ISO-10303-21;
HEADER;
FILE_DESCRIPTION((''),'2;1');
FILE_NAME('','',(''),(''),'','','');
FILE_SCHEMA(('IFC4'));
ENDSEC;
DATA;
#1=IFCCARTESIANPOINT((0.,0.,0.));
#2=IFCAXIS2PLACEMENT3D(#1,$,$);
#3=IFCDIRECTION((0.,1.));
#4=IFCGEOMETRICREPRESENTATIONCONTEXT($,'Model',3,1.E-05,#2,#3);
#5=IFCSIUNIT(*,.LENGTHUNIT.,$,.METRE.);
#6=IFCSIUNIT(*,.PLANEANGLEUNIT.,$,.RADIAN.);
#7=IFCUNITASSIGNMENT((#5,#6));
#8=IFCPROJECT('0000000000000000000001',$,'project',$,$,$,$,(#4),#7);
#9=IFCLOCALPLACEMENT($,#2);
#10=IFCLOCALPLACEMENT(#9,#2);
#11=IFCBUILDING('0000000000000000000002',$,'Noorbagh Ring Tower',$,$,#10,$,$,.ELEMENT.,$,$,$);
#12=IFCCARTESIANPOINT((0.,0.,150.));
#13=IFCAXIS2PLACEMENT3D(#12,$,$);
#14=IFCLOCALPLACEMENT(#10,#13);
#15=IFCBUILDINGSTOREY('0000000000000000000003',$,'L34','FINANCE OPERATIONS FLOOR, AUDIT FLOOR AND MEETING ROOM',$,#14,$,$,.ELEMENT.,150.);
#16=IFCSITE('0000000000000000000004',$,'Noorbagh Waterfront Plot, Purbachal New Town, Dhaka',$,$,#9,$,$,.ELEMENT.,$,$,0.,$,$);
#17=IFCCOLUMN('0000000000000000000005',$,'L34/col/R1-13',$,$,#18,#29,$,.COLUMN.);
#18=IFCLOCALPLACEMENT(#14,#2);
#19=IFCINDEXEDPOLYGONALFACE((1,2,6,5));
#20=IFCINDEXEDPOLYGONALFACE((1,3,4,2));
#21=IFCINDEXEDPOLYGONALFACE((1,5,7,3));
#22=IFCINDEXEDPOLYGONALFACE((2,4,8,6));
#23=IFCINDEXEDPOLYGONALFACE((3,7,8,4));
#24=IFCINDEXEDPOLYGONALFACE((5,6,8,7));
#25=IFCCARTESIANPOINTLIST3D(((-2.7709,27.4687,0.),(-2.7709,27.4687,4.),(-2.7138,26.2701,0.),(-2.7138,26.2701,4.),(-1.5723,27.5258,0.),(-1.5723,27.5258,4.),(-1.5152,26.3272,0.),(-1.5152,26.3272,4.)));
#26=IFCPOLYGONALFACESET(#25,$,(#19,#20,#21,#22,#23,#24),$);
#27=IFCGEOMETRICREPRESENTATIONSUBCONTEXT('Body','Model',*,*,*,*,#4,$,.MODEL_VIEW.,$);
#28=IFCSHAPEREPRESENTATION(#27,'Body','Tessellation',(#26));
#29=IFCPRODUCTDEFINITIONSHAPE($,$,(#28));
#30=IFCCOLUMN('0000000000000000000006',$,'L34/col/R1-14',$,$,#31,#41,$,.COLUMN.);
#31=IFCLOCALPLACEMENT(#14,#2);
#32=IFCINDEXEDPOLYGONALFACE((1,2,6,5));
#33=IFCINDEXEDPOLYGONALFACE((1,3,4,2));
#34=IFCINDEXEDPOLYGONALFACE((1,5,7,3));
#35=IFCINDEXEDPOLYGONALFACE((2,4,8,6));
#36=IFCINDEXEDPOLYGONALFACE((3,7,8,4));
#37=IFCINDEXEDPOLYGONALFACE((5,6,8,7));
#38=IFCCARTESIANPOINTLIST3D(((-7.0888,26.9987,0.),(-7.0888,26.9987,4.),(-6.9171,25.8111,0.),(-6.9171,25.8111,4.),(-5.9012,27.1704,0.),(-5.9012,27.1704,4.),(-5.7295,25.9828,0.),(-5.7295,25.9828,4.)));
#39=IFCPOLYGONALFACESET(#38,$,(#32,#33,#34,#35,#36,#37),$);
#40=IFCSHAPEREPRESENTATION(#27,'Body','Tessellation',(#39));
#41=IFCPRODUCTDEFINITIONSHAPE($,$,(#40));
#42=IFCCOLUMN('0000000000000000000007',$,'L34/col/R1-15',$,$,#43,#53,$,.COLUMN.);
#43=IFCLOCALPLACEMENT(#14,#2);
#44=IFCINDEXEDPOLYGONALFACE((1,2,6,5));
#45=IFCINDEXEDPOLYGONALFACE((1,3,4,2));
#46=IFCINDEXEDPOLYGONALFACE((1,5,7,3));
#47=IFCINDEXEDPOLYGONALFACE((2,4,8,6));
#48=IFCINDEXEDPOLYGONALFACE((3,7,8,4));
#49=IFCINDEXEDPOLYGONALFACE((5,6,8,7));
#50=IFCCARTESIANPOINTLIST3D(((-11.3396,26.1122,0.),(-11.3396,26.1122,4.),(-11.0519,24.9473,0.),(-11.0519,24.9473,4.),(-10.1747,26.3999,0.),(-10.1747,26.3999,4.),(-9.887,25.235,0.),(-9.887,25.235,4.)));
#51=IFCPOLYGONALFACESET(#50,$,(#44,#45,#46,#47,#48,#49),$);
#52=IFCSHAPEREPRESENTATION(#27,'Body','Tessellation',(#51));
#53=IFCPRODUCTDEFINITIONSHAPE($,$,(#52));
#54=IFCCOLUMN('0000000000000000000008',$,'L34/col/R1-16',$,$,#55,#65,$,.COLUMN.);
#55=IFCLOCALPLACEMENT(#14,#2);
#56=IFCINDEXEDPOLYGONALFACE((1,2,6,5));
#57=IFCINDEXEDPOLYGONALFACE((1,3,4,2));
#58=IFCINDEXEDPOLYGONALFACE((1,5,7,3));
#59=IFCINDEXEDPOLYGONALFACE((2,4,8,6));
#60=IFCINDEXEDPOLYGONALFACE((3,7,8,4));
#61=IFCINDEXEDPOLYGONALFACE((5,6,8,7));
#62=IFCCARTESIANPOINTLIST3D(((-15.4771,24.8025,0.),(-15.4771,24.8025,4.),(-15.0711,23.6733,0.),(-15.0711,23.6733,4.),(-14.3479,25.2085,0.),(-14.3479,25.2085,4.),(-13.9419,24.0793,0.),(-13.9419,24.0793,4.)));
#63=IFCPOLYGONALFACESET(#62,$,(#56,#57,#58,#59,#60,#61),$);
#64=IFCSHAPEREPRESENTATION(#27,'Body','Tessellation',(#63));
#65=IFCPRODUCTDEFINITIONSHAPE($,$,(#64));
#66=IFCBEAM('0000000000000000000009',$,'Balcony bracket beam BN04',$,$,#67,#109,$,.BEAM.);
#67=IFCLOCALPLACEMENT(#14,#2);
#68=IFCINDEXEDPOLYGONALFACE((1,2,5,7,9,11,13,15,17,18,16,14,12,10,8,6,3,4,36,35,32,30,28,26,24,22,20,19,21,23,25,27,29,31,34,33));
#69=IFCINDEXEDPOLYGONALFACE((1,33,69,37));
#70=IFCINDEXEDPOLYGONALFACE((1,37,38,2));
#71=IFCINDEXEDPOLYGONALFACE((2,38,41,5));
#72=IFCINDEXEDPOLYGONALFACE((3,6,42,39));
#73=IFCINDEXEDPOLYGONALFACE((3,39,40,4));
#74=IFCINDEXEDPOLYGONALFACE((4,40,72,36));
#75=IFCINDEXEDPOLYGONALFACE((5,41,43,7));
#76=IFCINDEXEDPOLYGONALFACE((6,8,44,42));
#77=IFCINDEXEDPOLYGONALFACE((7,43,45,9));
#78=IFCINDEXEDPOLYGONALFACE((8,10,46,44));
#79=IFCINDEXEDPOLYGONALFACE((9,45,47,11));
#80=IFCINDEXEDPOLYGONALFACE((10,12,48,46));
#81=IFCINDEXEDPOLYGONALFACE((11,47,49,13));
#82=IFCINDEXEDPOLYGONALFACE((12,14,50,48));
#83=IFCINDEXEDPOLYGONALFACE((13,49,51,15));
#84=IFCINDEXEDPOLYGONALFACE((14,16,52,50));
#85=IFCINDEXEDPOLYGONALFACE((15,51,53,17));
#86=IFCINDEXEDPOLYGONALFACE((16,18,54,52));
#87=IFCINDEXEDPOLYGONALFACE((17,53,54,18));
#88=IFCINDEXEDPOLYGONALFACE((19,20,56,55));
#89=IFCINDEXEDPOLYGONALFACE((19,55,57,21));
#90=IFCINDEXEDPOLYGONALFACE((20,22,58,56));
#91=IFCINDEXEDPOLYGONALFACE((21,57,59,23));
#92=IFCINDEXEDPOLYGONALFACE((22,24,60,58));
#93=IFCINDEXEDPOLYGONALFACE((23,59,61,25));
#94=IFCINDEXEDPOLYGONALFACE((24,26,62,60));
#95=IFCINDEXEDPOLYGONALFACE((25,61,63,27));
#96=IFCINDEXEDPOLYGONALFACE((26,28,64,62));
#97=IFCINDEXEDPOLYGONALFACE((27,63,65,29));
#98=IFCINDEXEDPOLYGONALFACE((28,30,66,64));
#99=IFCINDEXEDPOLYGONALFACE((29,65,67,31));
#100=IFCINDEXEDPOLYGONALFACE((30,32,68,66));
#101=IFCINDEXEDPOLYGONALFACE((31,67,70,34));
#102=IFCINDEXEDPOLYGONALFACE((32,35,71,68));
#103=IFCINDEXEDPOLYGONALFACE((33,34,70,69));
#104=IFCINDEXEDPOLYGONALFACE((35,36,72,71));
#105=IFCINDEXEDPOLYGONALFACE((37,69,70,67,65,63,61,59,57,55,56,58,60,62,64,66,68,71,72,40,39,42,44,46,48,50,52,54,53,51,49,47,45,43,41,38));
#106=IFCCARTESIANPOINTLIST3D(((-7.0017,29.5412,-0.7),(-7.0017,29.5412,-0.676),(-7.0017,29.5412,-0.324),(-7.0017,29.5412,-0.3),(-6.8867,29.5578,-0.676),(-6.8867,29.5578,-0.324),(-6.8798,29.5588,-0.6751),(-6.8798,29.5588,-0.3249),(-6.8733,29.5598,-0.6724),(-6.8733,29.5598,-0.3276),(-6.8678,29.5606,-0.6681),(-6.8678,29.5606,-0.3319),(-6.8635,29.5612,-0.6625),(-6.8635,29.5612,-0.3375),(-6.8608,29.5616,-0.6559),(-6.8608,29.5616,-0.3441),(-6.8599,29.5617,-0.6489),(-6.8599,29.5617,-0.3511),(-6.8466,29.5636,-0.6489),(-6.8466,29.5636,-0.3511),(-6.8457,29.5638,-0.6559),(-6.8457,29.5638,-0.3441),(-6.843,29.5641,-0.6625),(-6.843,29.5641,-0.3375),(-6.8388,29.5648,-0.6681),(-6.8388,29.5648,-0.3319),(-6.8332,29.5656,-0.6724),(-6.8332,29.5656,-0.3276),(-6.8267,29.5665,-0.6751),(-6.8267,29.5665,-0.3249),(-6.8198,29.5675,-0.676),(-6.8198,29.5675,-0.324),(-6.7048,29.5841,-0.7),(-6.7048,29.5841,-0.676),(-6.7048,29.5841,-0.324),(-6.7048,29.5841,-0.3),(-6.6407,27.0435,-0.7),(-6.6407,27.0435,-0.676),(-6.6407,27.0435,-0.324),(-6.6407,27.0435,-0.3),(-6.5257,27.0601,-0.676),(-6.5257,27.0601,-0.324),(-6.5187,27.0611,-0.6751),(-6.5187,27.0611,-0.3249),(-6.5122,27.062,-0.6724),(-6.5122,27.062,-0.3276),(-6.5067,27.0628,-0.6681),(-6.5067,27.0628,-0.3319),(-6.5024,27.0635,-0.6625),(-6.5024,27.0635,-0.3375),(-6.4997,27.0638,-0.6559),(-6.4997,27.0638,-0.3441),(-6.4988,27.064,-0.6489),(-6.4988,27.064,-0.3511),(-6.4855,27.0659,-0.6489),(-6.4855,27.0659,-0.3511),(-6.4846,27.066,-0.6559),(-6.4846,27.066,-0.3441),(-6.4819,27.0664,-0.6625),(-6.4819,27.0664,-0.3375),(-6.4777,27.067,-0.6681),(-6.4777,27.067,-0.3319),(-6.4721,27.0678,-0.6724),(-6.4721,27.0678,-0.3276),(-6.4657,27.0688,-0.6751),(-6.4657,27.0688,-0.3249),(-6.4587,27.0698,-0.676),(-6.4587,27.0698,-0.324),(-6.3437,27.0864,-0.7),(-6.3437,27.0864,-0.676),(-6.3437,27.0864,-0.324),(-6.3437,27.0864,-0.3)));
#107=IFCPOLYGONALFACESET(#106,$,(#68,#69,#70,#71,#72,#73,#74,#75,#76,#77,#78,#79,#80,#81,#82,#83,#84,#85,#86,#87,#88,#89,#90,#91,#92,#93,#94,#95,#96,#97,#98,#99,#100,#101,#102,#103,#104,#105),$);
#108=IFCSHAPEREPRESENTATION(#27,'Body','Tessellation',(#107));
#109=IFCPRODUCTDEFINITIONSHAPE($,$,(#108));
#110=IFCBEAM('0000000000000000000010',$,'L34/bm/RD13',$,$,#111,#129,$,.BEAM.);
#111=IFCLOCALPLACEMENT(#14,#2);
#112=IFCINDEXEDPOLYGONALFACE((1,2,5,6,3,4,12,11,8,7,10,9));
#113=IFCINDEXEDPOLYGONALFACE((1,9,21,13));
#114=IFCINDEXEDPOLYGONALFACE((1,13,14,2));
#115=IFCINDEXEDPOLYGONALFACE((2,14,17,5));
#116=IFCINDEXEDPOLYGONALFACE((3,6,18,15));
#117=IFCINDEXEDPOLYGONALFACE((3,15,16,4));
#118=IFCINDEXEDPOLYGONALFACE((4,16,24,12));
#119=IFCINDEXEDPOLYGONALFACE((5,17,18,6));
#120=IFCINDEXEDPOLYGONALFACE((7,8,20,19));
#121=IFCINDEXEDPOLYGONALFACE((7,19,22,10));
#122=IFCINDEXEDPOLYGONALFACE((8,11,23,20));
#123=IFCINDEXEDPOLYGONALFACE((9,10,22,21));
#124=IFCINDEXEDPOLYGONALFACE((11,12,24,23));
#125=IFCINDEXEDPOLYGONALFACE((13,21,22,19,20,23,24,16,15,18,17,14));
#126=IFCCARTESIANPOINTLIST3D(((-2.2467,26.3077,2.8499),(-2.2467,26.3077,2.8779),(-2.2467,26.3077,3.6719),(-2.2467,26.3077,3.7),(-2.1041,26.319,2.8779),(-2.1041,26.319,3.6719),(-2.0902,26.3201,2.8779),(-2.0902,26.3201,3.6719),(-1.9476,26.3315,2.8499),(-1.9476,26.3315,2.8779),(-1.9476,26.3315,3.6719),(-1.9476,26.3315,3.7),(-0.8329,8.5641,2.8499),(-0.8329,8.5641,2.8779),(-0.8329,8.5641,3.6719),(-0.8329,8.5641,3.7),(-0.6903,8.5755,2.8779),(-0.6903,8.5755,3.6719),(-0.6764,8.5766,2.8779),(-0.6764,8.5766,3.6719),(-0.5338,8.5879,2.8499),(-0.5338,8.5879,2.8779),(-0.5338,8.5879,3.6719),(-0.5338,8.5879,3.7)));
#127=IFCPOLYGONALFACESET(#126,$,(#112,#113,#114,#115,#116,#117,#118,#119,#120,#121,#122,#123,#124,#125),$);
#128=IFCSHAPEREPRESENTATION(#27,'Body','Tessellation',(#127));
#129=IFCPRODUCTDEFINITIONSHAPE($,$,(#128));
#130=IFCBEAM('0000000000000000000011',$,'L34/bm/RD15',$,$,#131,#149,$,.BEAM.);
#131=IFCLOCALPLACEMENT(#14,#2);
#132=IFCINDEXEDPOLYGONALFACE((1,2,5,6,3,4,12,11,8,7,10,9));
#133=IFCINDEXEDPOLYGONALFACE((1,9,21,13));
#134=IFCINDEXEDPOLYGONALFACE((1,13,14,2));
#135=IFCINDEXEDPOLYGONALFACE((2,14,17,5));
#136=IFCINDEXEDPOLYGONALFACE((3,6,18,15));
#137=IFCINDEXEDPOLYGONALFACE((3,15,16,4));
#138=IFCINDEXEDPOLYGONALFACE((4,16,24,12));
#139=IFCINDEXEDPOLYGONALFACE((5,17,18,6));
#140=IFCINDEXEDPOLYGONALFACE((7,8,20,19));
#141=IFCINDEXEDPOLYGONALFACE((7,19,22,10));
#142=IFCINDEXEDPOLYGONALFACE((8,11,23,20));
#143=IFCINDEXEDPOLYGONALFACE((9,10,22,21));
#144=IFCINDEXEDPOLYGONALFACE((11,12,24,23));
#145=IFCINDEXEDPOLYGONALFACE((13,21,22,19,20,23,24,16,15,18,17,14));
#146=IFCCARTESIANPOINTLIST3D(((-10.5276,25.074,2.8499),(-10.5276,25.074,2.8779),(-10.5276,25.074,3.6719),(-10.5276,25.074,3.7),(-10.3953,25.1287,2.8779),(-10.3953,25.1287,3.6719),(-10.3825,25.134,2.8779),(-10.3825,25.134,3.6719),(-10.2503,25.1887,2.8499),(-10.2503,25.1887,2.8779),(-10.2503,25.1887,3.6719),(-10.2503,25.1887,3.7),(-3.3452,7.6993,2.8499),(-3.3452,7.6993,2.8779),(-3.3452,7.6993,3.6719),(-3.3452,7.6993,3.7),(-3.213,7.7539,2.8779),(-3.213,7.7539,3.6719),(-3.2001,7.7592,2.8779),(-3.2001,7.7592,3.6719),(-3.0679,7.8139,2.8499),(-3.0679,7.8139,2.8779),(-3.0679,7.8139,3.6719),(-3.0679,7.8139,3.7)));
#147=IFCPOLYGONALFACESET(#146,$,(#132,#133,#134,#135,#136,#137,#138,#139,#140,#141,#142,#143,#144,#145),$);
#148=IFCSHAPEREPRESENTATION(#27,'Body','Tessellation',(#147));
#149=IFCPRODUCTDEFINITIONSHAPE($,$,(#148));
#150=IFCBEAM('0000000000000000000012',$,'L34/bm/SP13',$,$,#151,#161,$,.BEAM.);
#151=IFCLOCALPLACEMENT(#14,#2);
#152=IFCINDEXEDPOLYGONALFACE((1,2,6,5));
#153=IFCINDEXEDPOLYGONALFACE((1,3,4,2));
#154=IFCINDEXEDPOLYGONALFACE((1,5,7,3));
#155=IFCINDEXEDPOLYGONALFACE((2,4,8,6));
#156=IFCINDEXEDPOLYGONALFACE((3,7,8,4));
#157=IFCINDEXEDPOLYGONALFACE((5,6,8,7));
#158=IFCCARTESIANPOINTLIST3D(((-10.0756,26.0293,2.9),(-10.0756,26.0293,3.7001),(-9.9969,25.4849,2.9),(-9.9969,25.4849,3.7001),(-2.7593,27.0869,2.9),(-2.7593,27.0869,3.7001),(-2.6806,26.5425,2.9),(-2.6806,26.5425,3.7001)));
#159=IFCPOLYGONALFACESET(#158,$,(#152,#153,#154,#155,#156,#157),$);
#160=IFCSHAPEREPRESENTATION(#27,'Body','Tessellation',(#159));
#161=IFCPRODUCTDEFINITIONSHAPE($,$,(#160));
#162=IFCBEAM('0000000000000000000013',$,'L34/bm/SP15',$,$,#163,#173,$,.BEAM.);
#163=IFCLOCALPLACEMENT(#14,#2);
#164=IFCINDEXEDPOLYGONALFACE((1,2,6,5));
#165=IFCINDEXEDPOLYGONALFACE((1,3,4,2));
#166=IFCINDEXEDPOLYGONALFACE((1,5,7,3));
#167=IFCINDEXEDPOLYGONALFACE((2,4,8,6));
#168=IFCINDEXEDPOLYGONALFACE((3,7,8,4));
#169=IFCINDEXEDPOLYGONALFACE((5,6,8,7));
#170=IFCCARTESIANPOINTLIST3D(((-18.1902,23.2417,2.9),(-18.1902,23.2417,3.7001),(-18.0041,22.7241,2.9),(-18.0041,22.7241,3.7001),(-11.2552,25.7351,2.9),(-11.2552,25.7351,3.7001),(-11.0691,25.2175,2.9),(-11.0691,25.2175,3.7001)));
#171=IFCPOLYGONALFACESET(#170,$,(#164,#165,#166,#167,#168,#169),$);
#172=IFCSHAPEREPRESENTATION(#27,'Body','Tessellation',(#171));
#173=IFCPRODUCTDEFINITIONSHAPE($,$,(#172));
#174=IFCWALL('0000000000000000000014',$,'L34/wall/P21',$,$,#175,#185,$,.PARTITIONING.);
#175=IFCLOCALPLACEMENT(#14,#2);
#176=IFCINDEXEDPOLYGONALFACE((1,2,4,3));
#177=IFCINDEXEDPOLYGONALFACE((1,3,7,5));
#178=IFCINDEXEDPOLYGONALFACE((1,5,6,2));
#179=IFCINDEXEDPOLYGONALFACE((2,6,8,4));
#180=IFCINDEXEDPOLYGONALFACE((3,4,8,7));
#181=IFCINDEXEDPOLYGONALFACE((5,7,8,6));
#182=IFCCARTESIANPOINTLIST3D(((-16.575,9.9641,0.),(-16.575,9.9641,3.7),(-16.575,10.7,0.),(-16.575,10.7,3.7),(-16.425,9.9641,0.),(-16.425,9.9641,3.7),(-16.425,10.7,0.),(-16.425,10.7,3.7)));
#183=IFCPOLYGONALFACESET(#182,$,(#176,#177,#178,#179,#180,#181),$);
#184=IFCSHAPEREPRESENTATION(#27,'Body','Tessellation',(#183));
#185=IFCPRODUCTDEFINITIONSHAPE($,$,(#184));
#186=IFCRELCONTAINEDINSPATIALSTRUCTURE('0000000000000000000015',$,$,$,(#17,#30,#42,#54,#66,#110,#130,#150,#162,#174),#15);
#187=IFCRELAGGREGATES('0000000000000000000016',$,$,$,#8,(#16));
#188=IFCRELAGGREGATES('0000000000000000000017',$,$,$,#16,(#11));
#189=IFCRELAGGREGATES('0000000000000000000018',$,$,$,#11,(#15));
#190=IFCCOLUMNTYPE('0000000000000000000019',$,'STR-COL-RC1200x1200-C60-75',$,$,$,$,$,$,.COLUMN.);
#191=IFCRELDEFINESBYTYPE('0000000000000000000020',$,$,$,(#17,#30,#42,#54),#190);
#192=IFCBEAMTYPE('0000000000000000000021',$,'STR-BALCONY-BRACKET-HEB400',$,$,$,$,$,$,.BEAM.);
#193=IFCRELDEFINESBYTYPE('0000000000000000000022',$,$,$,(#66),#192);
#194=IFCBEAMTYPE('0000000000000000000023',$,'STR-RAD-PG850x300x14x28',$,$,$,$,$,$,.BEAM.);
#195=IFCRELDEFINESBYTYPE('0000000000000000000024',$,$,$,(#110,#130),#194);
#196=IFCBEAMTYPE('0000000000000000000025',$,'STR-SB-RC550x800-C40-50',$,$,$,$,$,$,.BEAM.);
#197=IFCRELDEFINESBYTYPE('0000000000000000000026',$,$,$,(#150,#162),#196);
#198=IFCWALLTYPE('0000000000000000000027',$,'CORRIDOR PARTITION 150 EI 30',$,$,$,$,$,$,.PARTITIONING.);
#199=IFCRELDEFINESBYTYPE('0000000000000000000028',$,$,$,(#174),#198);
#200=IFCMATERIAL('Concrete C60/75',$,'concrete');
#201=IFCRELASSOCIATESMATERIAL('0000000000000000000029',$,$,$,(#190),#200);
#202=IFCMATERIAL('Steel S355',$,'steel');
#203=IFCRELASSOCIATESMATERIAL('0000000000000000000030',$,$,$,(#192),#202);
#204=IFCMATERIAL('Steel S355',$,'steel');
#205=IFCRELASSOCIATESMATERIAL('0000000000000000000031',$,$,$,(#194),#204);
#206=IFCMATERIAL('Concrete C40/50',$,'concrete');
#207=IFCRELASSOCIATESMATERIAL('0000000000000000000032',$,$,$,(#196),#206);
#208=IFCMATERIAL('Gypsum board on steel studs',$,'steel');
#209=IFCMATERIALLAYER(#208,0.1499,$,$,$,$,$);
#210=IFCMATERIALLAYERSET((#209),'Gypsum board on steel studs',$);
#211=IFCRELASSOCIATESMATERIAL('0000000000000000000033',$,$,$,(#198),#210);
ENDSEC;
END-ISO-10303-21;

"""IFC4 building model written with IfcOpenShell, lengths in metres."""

from ifc_helpers import new_model, si_unit, direction, frame, frame_2d, origin, origin_2d, place, context, subcontext, project, spatial, rectangle, i_section, extrude, material, layer, layer_set, material_profile, profile_set, type_object, element, save


model = new_model("IFC4")

# Units and contexts
model_context = context("Model", 3, precision=1e-05, world=origin(), true_north=direction((0.0, 1.0)))
body_context = subcontext(model_context, "Body", "Model", "MODEL_VIEW")
ifc_project = project(units=[si_unit("LENGTHUNIT", "METRE"), si_unit("PLANEANGLEUNIT", "RADIAN")], contexts=[model_context])

# Site, building, storey
site_placement = place(None, origin())
site = spatial("IfcSite", under=ifc_project, at=site_placement, Name="Noorbagh Waterfront Plot, Purbachal New Town, Dhaka", CompositionType="ELEMENT", RefElevation=0.0)
building_placement = place(site_placement, origin())
building = spatial("IfcBuilding", under=site, at=building_placement, Name="Noorbagh Ring Tower", CompositionType="ELEMENT")
storey_placement = place(building_placement, frame((0.0, 0.0, 150.0)))
storey = spatial("IfcBuildingStorey", under=building, at=storey_placement, Name="L34", Description="FINANCE OPERATIONS FLOOR, AUDIT FLOOR AND MEETING ROOM", CompositionType="ELEMENT", Elevation=150.0)

# Columns
ifc_material_1 = material(Name="Concrete C60/75", Category="concrete")
ifc_material_profile_1 = material_profile(ifc_material_1, rectangle(XDim=1.2, YDim=1.2, at=origin_2d()), Name="RC1200x1200")
ifc_profile_set_1 = profile_set([ifc_material_profile_1], Name="Concrete C60/75")
column_type = type_object("IfcColumnType", Name="STR-COL-RC1200x1200-C60-75", PredefinedType="COLUMN", material=ifc_profile_set_1)
for number, where, z_axis, x_axis, name in (
    (1, (-2.1431, 26.8979, 0.0), (0.0, 0.0, 1.0), (-0.998869, -0.047553, 0.0), "L34/col/R1-13"),
    (2, (-6.4092, 26.4907, 0.0), (0.0, 0.0, 1.0), (-0.989713, -0.143066, 0.0), "L34/col/R1-14"),
    (3, (-10.6133, 25.6736, 0.0), (0.0, 0.0, 1.0), (-0.970829, -0.239771, 0.0), "L34/col/R1-15"),
    (4, (-14.7095, 24.4409, 0.0), (0.0, 0.0, 1.0), (-0.941025, -0.338338, 0.0), "L34/col/R1-16"),
):
    element("IfcColumn", number, at=place(storey_placement, frame(where, z_axis=z_axis, x_axis=x_axis)), inside=storey, type_object=column_type, Name=name, PredefinedType="COLUMN", context=body_context, shape_type="SweptSolid", body=[
        extrude(rectangle(XDim=1.2, YDim=1.2, at=origin_2d()), origin(), (0.0, 0.0, 1.0), 4.0),
    ])

# Beams
ifc_material_2 = material(Name="Steel S355", Category="steel")
ifc_material_profile_2 = material_profile(ifc_material_2, i_section(OverallWidth=0.3, OverallDepth=0.3999, WebThickness=0.0134, FlangeThickness=0.0239, FilletRadius=0.0271, at=origin_2d()), Name="HEB400")
ifc_profile_set_2 = profile_set([ifc_material_profile_2], Name="Steel S355")
beam_type_1 = type_object("IfcBeamType", Name="STR-BALCONY-BRACKET-HEB400", PredefinedType="BEAM", material=ifc_profile_set_2)
beam_1_placement = place(storey_placement, frame((-6.4922, 27.0649, -0.5), z_axis=(-0.143073, 0.989712, 0.0), x_axis=(-0.989712, -0.143073, 0.0)))
element("IfcBeam", 5, at=beam_1_placement, inside=storey, type_object=beam_type_1, Name="Balcony bracket beam BN04", PredefinedType="BEAM", context=body_context, shape_type="SweptSolid", body=[
    extrude(i_section(OverallWidth=0.3, OverallDepth=0.3999, WebThickness=0.0134, FlangeThickness=0.0239, FilletRadius=0.0271, at=origin_2d()), origin(), (0.0, 0.0, 1.0), 2.5237),
])
ifc_material_3 = material(Name="Steel S355", Category="steel")
ifc_material_profile_3 = material_profile(ifc_material_3, i_section(OverallWidth=0.3, OverallDepth=0.8501, WebThickness=0.0139, FlangeThickness=0.0281, at=origin_2d()), Name="PG850x300x14x28")
ifc_profile_set_3 = profile_set([ifc_material_profile_3], Name="Steel S355")
beam_type_2 = type_object("IfcBeamType", Name="STR-RAD-PG850x300x14x28", PredefinedType="BEAM", material=ifc_profile_set_3)
beam_2_placement = place(storey_placement, frame((-2.0972, 26.3196, 3.2749), z_axis=(0.079428, -0.996841, 0.0), x_axis=(0.996841, 0.079428, 0.0)))
element("IfcBeam", 6, at=beam_2_placement, inside=storey, type_object=beam_type_2, Name="L34/bm/RD13", PredefinedType="BEAM", context=body_context, shape_type="SweptSolid", body=[
    extrude(i_section(OverallWidth=0.3, OverallDepth=0.8501, WebThickness=0.0139, FlangeThickness=0.0281, at=origin_2d()), origin(), (0.0, 0.0, 1.0), 17.7998),
])
beam_3_placement = place(storey_placement, frame((-10.3889, 25.1313, 3.2749), z_axis=(0.382026, -0.924152, 0.0), x_axis=(0.924152, 0.382026, 0.0)))
element("IfcBeam", 7, at=beam_3_placement, inside=storey, type_object=beam_type_2, Name="L34/bm/RD15", PredefinedType="BEAM", context=body_context, shape_type="SweptSolid", body=[
    extrude(i_section(OverallWidth=0.3, OverallDepth=0.8501, WebThickness=0.0139, FlangeThickness=0.0281, at=origin_2d()), origin(), (0.0, 0.0, 1.0), 18.8008),
])
ifc_material_4 = material(Name="Concrete C40/50", Category="concrete")
ifc_material_profile_4 = material_profile(ifc_material_4, rectangle(XDim=0.55, YDim=0.8, at=origin_2d()), Name="RC550x800")
ifc_profile_set_4 = profile_set([ifc_material_profile_4], Name="Concrete C40/50")
beam_type_3 = type_object("IfcBeamType", Name="STR-SB-RC550x800-C40-50", PredefinedType="BEAM", material=ifc_profile_set_4)
beam_4_placement = place(storey_placement, frame((-2.72, 26.8147, 3.3), z_axis=(-0.989713, -0.143067, 0.0), x_axis=(0.143067, -0.989713, 0.0)))
element("IfcBeam", 8, at=beam_4_placement, inside=storey, type_object=beam_type_3, Name="L34/bm/SP13", PredefinedType="BEAM", context=body_context, shape_type="SweptSolid", body=[
    extrude(rectangle(XDim=0.55, YDim=0.8, at=origin_2d()), origin(), (0.0, 0.0, 1.0), 7.3923),
])
beam_5_placement = place(storey_placement, frame((-11.1621, 25.4763, 3.3), z_axis=(-0.941026, -0.338333, 0.0), x_axis=(0.338333, -0.941026, 0.0)))
element("IfcBeam", 9, at=beam_5_placement, inside=storey, type_object=beam_type_3, Name="L34/bm/SP15", PredefinedType="BEAM", context=body_context, shape_type="SweptSolid", body=[
    extrude(rectangle(XDim=0.55, YDim=0.8, at=origin_2d()), origin(), (0.0, 0.0, 1.0), 7.3696),
])

# Wall
ifc_material_5 = material(Name="Gypsum board on steel studs", Category="steel")
ifc_layer_1 = layer(ifc_material_5, 0.1499)
ifc_layer_set_1 = layer_set([ifc_layer_1], Name="Gypsum board on steel studs")
wall_type_1 = type_object("IfcWallType", Name="CORRIDOR PARTITION 150 EI 30", PredefinedType="PARTITIONING", material=ifc_layer_set_1)
wall_1_placement = place(storey_placement, frame((-16.5, 9.9641, 0.0), z_axis=(0.0, 0.0, 1.0), x_axis=(0.0, 1.0, 0.0)))
element("IfcWall", 10, at=wall_1_placement, inside=storey, type_object=wall_type_1, Name="L34/wall/P21", PredefinedType="PARTITIONING", context=body_context, shape_type="SweptSolid", body=[
    extrude(rectangle(XDim=0.7358, YDim=0.1499, at=frame_2d((0.3679, 0.0))), origin(), (0.0, 0.0, 1.0), 3.7),
])

save(model, "model.ifc")
